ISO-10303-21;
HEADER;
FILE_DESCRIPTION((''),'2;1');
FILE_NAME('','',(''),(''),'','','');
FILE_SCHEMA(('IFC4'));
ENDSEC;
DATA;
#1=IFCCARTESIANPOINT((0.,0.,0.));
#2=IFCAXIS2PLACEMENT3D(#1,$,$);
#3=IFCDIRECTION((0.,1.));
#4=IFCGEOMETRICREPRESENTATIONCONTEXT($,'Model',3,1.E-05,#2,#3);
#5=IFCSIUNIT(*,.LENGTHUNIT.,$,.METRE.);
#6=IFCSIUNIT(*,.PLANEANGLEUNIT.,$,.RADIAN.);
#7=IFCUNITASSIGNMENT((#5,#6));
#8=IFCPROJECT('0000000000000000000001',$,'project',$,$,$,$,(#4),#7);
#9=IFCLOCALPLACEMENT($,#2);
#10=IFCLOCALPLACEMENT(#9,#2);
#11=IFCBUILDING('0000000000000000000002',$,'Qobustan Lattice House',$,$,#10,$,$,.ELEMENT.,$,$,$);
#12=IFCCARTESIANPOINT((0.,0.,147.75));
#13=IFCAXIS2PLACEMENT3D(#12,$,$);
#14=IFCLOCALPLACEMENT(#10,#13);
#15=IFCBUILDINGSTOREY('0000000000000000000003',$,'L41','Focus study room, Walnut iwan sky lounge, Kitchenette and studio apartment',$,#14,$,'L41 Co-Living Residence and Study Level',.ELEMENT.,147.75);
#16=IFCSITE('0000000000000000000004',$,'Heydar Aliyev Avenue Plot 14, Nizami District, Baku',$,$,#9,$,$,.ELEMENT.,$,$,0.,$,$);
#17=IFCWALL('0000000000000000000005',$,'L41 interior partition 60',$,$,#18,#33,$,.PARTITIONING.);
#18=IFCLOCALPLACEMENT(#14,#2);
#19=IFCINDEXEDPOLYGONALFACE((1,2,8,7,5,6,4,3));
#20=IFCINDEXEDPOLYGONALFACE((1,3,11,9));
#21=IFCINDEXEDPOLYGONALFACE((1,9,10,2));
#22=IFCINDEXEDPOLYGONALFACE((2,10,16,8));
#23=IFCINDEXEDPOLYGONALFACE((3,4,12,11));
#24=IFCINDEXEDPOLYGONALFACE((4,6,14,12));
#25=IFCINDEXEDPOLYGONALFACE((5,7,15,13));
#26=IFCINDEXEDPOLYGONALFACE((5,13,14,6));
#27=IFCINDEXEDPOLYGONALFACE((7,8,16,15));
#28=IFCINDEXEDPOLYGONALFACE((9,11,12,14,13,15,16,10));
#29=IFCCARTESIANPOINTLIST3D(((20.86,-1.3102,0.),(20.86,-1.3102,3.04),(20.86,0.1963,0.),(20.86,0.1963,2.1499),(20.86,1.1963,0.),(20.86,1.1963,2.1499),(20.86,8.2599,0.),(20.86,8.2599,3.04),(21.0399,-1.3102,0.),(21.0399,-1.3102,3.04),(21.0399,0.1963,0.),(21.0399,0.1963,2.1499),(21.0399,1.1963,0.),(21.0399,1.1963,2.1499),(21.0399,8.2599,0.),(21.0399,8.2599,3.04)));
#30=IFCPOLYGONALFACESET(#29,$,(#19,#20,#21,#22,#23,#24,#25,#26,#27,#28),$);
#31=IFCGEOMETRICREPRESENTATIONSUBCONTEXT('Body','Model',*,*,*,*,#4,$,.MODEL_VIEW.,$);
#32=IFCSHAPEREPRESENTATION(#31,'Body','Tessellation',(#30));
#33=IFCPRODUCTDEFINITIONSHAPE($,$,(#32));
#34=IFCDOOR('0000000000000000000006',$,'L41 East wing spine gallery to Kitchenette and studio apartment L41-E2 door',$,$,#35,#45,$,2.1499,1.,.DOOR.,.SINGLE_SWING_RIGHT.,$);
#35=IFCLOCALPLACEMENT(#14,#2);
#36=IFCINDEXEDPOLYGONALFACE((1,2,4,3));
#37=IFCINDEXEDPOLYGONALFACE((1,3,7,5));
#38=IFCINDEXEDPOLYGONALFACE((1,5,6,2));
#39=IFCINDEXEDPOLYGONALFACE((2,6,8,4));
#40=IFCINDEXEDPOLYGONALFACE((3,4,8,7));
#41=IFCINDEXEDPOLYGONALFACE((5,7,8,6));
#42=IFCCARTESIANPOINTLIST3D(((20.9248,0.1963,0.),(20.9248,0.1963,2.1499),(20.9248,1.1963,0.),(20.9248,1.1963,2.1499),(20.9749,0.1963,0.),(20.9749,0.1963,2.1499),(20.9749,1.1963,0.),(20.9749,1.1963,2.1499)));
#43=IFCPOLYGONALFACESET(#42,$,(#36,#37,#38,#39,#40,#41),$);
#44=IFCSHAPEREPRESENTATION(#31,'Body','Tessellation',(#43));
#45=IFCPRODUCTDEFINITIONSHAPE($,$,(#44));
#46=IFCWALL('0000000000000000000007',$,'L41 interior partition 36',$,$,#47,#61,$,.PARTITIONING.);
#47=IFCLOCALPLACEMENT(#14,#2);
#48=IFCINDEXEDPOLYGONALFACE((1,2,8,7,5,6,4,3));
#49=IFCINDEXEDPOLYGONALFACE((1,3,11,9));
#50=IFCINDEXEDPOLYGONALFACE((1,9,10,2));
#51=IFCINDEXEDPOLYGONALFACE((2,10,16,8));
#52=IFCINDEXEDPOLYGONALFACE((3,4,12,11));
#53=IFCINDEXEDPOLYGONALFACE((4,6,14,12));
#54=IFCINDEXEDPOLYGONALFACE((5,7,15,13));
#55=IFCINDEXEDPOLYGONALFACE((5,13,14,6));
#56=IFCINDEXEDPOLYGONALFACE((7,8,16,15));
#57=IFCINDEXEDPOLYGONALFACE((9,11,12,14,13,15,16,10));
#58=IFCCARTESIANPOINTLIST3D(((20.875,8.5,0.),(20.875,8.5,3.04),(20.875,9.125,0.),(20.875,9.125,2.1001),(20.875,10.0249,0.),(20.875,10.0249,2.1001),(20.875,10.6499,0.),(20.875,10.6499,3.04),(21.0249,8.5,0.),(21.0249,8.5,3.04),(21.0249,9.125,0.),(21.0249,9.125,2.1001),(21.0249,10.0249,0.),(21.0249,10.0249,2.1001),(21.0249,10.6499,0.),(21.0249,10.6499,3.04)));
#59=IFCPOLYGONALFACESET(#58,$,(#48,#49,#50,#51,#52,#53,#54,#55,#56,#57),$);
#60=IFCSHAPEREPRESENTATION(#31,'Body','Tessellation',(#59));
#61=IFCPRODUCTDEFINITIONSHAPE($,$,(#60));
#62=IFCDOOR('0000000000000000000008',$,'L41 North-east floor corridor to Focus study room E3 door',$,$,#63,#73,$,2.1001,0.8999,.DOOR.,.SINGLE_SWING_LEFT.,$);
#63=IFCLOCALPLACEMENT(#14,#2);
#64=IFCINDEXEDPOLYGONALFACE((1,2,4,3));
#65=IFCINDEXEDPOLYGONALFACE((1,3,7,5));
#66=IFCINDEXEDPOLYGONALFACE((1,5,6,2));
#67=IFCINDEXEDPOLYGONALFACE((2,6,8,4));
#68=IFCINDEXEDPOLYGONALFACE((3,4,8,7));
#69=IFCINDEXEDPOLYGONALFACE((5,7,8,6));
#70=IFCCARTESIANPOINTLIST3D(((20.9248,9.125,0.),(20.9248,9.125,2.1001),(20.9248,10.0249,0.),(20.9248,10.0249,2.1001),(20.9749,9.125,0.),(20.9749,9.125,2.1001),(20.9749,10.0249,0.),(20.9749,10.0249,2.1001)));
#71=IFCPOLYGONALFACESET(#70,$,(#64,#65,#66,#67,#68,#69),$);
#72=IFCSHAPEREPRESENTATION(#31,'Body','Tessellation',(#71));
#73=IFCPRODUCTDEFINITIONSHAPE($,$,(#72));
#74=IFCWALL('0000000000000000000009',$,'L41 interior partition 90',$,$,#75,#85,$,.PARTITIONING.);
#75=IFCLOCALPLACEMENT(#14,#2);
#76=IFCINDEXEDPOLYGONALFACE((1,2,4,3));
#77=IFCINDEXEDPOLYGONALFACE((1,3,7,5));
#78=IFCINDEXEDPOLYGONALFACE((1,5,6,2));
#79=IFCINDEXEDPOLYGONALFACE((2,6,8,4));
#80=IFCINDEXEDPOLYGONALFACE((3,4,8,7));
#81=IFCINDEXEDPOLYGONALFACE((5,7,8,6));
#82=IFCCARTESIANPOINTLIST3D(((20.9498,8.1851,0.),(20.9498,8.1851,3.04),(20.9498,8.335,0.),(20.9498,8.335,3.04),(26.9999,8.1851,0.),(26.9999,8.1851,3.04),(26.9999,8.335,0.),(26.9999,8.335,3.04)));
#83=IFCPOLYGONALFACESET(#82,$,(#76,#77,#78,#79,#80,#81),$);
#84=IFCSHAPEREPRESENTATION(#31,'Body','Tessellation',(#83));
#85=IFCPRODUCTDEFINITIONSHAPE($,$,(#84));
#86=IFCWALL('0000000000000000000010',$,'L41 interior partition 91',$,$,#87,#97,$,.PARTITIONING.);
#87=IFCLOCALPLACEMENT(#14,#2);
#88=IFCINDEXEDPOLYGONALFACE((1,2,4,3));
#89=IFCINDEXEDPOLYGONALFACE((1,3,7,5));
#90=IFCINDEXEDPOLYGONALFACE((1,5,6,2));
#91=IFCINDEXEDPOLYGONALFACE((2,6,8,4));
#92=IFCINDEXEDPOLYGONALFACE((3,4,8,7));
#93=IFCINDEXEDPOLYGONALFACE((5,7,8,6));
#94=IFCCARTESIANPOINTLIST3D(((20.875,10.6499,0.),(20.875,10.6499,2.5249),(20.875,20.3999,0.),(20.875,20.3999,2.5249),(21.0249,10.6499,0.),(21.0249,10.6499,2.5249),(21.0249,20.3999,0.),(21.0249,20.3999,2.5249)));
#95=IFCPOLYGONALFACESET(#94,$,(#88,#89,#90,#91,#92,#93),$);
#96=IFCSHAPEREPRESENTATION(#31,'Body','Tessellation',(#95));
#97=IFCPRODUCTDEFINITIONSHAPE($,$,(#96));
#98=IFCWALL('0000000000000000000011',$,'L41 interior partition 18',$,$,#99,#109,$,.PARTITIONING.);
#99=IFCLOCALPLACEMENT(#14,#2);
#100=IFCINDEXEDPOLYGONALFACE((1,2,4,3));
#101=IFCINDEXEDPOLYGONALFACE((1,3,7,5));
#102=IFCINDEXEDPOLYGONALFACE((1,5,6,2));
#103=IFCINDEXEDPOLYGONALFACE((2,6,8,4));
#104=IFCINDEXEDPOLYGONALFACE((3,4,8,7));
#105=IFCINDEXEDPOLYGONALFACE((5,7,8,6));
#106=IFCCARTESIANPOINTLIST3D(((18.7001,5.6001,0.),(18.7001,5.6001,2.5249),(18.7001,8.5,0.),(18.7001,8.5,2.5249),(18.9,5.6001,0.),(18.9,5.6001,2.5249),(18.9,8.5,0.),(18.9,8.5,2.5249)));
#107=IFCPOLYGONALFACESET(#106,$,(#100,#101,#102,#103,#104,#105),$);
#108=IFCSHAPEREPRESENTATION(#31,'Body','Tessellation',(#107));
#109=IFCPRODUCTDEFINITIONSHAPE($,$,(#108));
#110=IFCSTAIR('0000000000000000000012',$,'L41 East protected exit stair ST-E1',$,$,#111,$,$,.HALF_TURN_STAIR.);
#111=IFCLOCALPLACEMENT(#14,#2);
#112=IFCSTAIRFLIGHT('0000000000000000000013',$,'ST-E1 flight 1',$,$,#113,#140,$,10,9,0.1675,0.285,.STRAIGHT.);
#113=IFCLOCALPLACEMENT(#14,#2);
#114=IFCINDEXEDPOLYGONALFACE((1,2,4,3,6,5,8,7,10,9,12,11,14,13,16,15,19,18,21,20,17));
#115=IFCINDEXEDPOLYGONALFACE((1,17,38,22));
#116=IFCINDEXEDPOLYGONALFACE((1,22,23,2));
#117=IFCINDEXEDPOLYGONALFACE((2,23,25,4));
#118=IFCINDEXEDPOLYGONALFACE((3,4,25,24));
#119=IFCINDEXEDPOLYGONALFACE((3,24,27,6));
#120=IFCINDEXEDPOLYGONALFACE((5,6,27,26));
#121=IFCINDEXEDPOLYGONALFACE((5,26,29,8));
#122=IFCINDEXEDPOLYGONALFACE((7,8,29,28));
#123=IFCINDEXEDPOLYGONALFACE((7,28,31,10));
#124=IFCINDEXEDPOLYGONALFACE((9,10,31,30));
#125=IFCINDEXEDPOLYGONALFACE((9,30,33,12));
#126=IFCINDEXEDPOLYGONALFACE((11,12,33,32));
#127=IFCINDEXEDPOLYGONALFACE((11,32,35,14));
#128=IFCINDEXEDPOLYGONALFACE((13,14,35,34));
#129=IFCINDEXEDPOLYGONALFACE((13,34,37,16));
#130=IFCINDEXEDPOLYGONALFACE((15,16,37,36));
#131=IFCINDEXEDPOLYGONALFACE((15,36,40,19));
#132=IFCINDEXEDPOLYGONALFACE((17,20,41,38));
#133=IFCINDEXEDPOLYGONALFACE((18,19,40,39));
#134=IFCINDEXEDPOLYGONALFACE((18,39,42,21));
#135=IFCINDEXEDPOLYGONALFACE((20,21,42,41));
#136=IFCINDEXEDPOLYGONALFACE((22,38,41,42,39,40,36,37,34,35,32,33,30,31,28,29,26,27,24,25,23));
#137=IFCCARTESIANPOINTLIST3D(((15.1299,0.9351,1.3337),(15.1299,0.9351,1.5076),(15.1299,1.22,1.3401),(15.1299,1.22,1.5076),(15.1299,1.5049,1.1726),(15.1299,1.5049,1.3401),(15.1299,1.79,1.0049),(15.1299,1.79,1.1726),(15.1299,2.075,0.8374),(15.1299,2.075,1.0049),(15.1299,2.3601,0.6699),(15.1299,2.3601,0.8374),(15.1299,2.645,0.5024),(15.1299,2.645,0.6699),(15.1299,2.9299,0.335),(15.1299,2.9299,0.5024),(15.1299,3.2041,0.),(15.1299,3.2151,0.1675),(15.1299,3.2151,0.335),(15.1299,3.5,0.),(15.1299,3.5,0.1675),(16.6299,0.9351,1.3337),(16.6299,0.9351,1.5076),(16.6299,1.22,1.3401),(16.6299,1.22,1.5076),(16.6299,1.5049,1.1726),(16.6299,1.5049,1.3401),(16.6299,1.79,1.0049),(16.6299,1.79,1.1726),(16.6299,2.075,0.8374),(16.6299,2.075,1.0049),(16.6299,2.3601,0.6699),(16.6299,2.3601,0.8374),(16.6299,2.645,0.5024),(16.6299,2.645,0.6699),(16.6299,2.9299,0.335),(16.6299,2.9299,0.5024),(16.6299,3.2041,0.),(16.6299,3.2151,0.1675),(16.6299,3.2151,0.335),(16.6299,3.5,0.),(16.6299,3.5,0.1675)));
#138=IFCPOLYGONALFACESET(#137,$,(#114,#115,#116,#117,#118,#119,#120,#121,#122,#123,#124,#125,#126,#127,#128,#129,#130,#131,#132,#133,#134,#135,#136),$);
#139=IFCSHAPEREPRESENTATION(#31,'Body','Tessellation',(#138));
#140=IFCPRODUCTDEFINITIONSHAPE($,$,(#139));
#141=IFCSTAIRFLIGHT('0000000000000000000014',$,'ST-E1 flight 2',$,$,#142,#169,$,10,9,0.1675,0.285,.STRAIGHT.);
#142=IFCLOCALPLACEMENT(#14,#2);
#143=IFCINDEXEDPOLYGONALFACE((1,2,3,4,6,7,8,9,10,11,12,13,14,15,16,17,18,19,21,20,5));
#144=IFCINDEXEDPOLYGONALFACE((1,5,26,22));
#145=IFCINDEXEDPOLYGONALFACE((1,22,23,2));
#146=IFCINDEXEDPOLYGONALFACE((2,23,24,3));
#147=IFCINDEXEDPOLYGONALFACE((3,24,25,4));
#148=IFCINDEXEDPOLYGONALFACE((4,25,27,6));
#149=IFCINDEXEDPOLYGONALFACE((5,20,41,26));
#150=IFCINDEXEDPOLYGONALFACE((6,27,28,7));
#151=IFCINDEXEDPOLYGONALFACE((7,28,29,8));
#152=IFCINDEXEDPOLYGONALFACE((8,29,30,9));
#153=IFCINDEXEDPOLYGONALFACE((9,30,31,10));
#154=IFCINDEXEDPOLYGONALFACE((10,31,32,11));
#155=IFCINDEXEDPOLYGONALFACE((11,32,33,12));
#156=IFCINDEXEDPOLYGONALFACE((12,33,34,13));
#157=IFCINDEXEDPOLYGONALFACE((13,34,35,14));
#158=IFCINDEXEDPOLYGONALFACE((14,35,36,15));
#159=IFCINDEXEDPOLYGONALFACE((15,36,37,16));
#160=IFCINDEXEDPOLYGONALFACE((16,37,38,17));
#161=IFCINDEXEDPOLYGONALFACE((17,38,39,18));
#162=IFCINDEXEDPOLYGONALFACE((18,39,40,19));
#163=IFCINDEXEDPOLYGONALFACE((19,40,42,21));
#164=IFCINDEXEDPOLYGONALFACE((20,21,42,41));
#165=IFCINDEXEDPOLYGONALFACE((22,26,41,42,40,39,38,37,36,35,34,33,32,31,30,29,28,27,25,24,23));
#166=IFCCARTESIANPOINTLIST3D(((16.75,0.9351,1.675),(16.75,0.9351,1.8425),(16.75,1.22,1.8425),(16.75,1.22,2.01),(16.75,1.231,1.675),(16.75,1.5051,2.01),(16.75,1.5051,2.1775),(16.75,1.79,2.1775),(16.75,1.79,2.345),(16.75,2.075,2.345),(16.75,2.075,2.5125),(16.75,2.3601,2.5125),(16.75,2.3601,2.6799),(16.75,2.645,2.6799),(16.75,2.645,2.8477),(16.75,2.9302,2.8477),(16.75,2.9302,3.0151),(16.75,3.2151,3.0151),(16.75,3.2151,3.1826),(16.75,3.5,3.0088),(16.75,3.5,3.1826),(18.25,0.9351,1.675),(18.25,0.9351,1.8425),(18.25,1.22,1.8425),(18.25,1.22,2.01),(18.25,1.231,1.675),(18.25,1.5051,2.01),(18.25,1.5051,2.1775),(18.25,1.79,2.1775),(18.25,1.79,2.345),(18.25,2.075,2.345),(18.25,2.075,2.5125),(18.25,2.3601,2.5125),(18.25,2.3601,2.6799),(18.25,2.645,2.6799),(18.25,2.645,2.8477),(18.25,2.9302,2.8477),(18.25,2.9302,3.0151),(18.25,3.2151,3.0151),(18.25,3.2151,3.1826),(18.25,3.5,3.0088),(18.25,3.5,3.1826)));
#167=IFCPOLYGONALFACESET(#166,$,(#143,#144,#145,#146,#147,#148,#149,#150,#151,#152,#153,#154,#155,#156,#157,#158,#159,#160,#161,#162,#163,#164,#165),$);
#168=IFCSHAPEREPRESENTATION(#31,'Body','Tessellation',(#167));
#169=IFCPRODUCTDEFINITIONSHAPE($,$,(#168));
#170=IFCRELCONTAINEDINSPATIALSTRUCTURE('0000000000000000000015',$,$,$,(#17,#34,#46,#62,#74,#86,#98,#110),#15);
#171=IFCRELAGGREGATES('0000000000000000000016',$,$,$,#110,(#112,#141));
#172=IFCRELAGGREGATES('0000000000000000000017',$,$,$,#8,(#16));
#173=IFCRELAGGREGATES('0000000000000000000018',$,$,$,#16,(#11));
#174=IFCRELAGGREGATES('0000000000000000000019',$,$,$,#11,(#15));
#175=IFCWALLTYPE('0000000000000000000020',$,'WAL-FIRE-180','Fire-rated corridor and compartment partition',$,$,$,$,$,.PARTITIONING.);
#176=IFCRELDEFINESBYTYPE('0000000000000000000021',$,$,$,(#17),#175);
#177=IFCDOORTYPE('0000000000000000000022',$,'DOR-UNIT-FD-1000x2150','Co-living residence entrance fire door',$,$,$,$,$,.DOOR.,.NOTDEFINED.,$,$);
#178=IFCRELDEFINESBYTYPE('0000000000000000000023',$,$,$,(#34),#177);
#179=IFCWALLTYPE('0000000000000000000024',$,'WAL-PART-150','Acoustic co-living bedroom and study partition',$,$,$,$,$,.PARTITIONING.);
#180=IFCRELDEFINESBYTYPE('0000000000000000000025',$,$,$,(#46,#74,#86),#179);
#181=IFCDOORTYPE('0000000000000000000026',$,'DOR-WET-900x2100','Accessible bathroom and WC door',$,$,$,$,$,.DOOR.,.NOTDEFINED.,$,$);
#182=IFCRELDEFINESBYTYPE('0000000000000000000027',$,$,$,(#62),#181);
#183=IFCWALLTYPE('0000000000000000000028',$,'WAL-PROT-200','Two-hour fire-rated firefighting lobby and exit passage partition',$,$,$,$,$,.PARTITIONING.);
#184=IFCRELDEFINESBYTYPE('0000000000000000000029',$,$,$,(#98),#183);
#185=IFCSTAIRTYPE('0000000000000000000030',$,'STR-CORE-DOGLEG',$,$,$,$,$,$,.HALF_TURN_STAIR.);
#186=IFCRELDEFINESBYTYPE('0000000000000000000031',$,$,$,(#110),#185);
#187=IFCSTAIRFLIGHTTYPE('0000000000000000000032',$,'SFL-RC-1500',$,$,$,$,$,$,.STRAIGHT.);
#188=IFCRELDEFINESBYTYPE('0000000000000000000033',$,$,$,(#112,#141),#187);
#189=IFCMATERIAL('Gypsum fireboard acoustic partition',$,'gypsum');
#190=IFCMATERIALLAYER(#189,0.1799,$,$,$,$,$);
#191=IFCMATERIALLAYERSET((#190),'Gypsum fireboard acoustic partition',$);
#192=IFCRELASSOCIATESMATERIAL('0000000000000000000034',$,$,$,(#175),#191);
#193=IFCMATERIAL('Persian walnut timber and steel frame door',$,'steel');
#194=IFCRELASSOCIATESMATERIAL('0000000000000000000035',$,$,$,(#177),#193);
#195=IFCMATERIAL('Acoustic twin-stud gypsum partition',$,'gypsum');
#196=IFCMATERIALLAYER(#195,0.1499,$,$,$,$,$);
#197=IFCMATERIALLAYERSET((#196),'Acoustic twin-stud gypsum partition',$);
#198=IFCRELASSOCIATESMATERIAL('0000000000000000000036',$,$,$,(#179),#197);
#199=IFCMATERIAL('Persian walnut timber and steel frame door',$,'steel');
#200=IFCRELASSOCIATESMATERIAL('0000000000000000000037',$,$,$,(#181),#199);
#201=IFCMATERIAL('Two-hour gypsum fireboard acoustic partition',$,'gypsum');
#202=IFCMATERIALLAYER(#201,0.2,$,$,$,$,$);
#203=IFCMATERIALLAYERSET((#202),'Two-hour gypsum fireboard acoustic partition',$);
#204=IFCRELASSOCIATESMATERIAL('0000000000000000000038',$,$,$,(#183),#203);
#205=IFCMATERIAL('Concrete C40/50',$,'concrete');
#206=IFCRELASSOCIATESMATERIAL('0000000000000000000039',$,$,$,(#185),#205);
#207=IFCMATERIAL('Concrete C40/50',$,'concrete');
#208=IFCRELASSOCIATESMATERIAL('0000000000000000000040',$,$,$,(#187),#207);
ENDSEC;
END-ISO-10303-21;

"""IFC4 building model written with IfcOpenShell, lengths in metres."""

from ifc_helpers import new_model, si_unit, direction, frame, frame_2d, origin, place, context, subcontext, project, spatial, polyline, rectangle, outline, extrude, material, layer, layer_set, type_object, element, fill, aggregate, save


model = new_model("IFC4")

# Units and contexts
model_context = context("Model", 3, precision=1e-05, world=origin(), true_north=direction((0.0, 1.0)))
body_context = subcontext(model_context, "Body", "Model", "MODEL_VIEW")
ifc_project = project(units=[si_unit("LENGTHUNIT", "METRE"), si_unit("PLANEANGLEUNIT", "RADIAN")], contexts=[model_context])

# Site, building, storey
site_placement = place(None, origin())
site = spatial("IfcSite", under=ifc_project, at=site_placement, Name="Heydar Aliyev Avenue Plot 14, Nizami District, Baku", CompositionType="ELEMENT", RefElevation=0.0)
building_placement = place(site_placement, origin())
building = spatial("IfcBuilding", under=site, at=building_placement, Name="Qobustan Lattice House", CompositionType="ELEMENT")
storey_placement = place(building_placement, frame((0.0, 0.0, 147.75)))
storey = spatial("IfcBuildingStorey", under=building, at=storey_placement, Name="L41", Description="Focus study room, Walnut iwan sky lounge, Kitchenette and studio apartment", LongName="L41 Co-Living Residence and Study Level", CompositionType="ELEMENT", Elevation=147.75)

# Walls, openings, doors
ifc_material_1 = material(Name="Gypsum fireboard acoustic partition", Category="gypsum")
ifc_layer_1 = layer(ifc_material_1, 0.1799)
ifc_layer_set_1 = layer_set([ifc_layer_1], Name="Gypsum fireboard acoustic partition")
wall_type_1 = type_object("IfcWallType", Name="WAL-FIRE-180", Description="Fire-rated corridor and compartment partition", PredefinedType="PARTITIONING", material=ifc_layer_set_1)
wall_1_placement = place(storey_placement, frame((20.95, 8.26, 0.0), z_axis=(0.0, 0.0, 1.0), x_axis=(0.0, -1.0, 0.0)))
wall_1 = element("IfcWall", 1, at=wall_1_placement, inside=storey, type_object=wall_type_1, Name="L41 interior partition 60", PredefinedType="PARTITIONING", context=body_context, shape_type="SweptSolid", body=[
    extrude(rectangle(XDim=9.5701, YDim=0.1799, at=frame_2d((4.7852, 0.0))), origin(), (0.0, 0.0, 1.0), 3.04),
])
opening_1_placement = place(wall_1_placement, frame((7.0637, 0.0, 0.0)))
opening_1 = element("IfcOpeningElement", 2, at=opening_1_placement, cuts=wall_1, PredefinedType="OPENING", context=body_context, shape_type="SweptSolid", body=[
    extrude(rectangle(XDim=1.0, YDim=2.1499, at=frame_2d((0.5, 1.075))), frame((0.0, 0.0999, 0.0), z_axis=(0.0, -1.0, 0.0), x_axis=(1.0, 0.0, 0.0)), (0.0, 0.0, 1.0), 0.2),
])
ifc_material_2 = material(Name="Persian walnut timber and steel frame door", Category="steel")
door_type_1 = type_object("IfcDoorType", Name="DOR-UNIT-FD-1000x2150", Description="Co-living residence entrance fire door", OperationType="NOTDEFINED", PredefinedType="DOOR", material=ifc_material_2)
door_1_placement = place(opening_1_placement, origin())
door_1 = element("IfcDoor", 3, at=door_1_placement, inside=storey, type_object=door_type_1, Name="L41 East wing spine gallery to Kitchenette and studio apartment L41-E2 door", OperationType="SINGLE_SWING_RIGHT", OverallHeight=2.1499, OverallWidth=1.0, PredefinedType="DOOR", context=body_context, shape_type="SweptSolid", body=[
    extrude(rectangle(XDim=1.0, YDim=2.1499, at=frame_2d((0.5, 1.075))), frame((0.0, 0.0249, 0.0), z_axis=(0.0, -1.0, 0.0), x_axis=(1.0, 0.0, 0.0)), (0.0, 0.0, 1.0), 0.05),
])
fill(opening_1, door_1)
ifc_material_3 = material(Name="Acoustic twin-stud gypsum partition", Category="gypsum")
ifc_layer_2 = layer(ifc_material_3, 0.1499)
ifc_layer_set_2 = layer_set([ifc_layer_2], Name="Acoustic twin-stud gypsum partition")
wall_type_2 = type_object("IfcWallType", Name="WAL-PART-150", Description="Acoustic co-living bedroom and study partition", PredefinedType="PARTITIONING", material=ifc_layer_set_2)
wall_2_placement = place(storey_placement, frame((20.95, 10.6499, 0.0), z_axis=(0.0, 0.0, 1.0), x_axis=(0.0, -1.0, 0.0)))
wall_2 = element("IfcWall", 4, at=wall_2_placement, inside=storey, type_object=wall_type_2, Name="L41 interior partition 36", PredefinedType="PARTITIONING", context=body_context, shape_type="SweptSolid", body=[
    extrude(rectangle(XDim=2.1499, YDim=0.1499, at=frame_2d((1.075, 0.0))), origin(), (0.0, 0.0, 1.0), 3.04),
])
opening_2_placement = place(wall_2_placement, frame((0.625, 0.0, 0.0)))
opening_2 = element("IfcOpeningElement", 5, at=opening_2_placement, cuts=wall_2, PredefinedType="OPENING", context=body_context, shape_type="SweptSolid", body=[
    extrude(rectangle(XDim=0.8999, YDim=2.1001, at=frame_2d((0.45, 1.05))), frame((0.0, 0.085, 0.0), z_axis=(0.0, -1.0, 0.0), x_axis=(1.0, 0.0, 0.0)), (0.0, 0.0, 1.0), 0.1699),
])
ifc_material_4 = material(Name="Persian walnut timber and steel frame door", Category="steel")
door_type_2 = type_object("IfcDoorType", Name="DOR-WET-900x2100", Description="Accessible bathroom and WC door", OperationType="NOTDEFINED", PredefinedType="DOOR", material=ifc_material_4)
door_2_placement = place(opening_2_placement, origin())
door_2 = element("IfcDoor", 6, at=door_2_placement, inside=storey, type_object=door_type_2, Name="L41 North-east floor corridor to Focus study room E3 door", OperationType="SINGLE_SWING_LEFT", OverallHeight=2.1001, OverallWidth=0.8999, PredefinedType="DOOR", context=body_context, shape_type="SweptSolid", body=[
    extrude(rectangle(XDim=0.8999, YDim=2.1001, at=frame_2d((0.45, 1.05))), frame((0.0, 0.0249, 0.0), z_axis=(0.0, -1.0, 0.0), x_axis=(1.0, 0.0, 0.0)), (0.0, 0.0, 1.0), 0.05),
])
fill(opening_2, door_2)

# Walls
wall_3_placement = place(storey_placement, frame((20.95, 8.26, 0.0), z_axis=(0.0, 0.0, 1.0), x_axis=(1.0, 0.0, 0.0)))
element("IfcWall", 7, at=wall_3_placement, inside=storey, type_object=wall_type_2, Name="L41 interior partition 90", PredefinedType="PARTITIONING", context=body_context, shape_type="SweptSolid", body=[
    extrude(rectangle(XDim=6.05, YDim=0.1499, at=frame_2d((3.0249, 0.0))), origin(), (0.0, 0.0, 1.0), 3.04),
])
wall_4_placement = place(storey_placement, frame((20.95, 10.6499, 0.0), z_axis=(0.0, 0.0, 1.0), x_axis=(0.0, 1.0, 0.0)))
element("IfcWall", 8, at=wall_4_placement, inside=storey, type_object=wall_type_2, Name="L41 interior partition 91", PredefinedType="PARTITIONING", context=body_context, shape_type="SweptSolid", body=[
    extrude(rectangle(XDim=9.75, YDim=0.1499, at=frame_2d((4.875, 0.0))), origin(), (0.0, 0.0, 1.0), 2.5249),
])

# Shared definitions
ifc_material_5 = material(Name="Two-hour gypsum fireboard acoustic partition", Category="gypsum")
ifc_layer_3 = layer(ifc_material_5, 0.2)
ifc_layer_set_3 = layer_set([ifc_layer_3], Name="Two-hour gypsum fireboard acoustic partition")
wall_type_3 = type_object("IfcWallType", Name="WAL-PROT-200", Description="Two-hour fire-rated firefighting lobby and exit passage partition", PredefinedType="PARTITIONING", material=ifc_layer_set_3)

# Wall
wall_5_placement = place(storey_placement, frame((18.8, 5.6001, 0.0), z_axis=(0.0, 0.0, 1.0), x_axis=(0.0, 1.0, 0.0)))
element("IfcWall", 9, at=wall_5_placement, inside=storey, type_object=wall_type_3, Name="L41 interior partition 18", PredefinedType="PARTITIONING", context=body_context, shape_type="SweptSolid", body=[
    extrude(rectangle(XDim=2.8999, YDim=0.2, at=frame_2d((1.45, 0.0))), origin(), (0.0, 0.0, 1.0), 2.5249),
])

# Stair, stair flights
ifc_material_6 = material(Name="Concrete C40/50", Category="concrete")
stair_type = type_object("IfcStairType", Name="STR-CORE-DOGLEG", PredefinedType="HALF_TURN_STAIR", material=ifc_material_6)
stair_placement = place(storey_placement, origin())
stair = element("IfcStair", 10, at=stair_placement, inside=storey, type_object=stair_type, Name="L41 East protected exit stair ST-E1", PredefinedType="HALF_TURN_STAIR")
ifc_material_7 = material(Name="Concrete C40/50", Category="concrete")
stair_flight_type = type_object("IfcStairFlightType", Name="SFL-RC-1500", PredefinedType="STRAIGHT", material=ifc_material_7)
stair_flight_1_placement = place(storey_placement, frame((15.8799, 3.5, 0.0), z_axis=(0.0, 0.0, 1.0), x_axis=(0.0, -1.0, 0.0)))
stair_flight_1 = element("IfcStairFlight", 11, at=stair_flight_1_placement, type_object=stair_flight_type, Name="ST-E1 flight 1", NumberOfRisers=10, NumberOfTreads=9, PredefinedType="STRAIGHT", RiserHeight=0.1675, TreadLength=0.285, context=body_context, shape_type="SweptSolid", body=[
    extrude(outline(polyline([(0.0, 0.0), (0.0, 0.1675), (0.2849, 0.1675), (0.2849, 0.335), (0.5701, 0.335), (0.5701, 0.5024), (0.855, 0.5024), (0.855, 0.6699), (1.1399, 0.6699), (1.1399, 0.8374), (1.425, 0.8374), (1.425, 1.0049), (1.71, 1.0049), (1.71, 1.1726), (1.9951, 1.1726), (1.9951, 1.3401), (2.28, 1.3401), (2.28, 1.5076), (2.5649, 1.5076), (2.5649, 1.675), (2.5649, 1.3337), (0.2959, 0.0), (0.0, 0.0)])), frame((0.0, 0.75, 0.0), z_axis=(0.0, -1.0, 0.0), x_axis=(1.0, 0.0, 0.0)), (0.0, 0.0, 1.0), 1.5),
])
stair_flight_2_placement = place(storey_placement, frame((17.5, 0.9351, 1.675), z_axis=(0.0, 0.0, 1.0), x_axis=(0.0, 1.0, 0.0)))
stair_flight_2 = element("IfcStairFlight", 12, at=stair_flight_2_placement, type_object=stair_flight_type, Name="ST-E1 flight 2", NumberOfRisers=10, NumberOfTreads=9, PredefinedType="STRAIGHT", RiserHeight=0.1675, TreadLength=0.285, context=body_context, shape_type="SweptSolid", body=[
    extrude(outline(polyline([(0.0, 0.0), (0.0, 0.1675), (0.2849, 0.1675), (0.2849, 0.335), (0.5701, 0.335), (0.5701, 0.5024), (0.855, 0.5024), (0.855, 0.6699), (1.1399, 0.6699), (1.1399, 0.8374), (1.425, 0.8374), (1.425, 1.0049), (1.71, 1.0049), (1.71, 1.1726), (1.9951, 1.1726), (1.9951, 1.3401), (2.28, 1.3401), (2.28, 1.5076), (2.5649, 1.5076), (2.5649, 1.675), (2.5649, 1.3337), (0.2959, 0.0), (0.0, 0.0)])), frame((0.0, 0.75, 0.0), z_axis=(0.0, -1.0, 0.0), x_axis=(1.0, 0.0, 0.0)), (0.0, 0.0, 1.0), 1.5),
])
aggregate(stair, [stair_flight_1, stair_flight_2])

save(model, "model.ifc")
